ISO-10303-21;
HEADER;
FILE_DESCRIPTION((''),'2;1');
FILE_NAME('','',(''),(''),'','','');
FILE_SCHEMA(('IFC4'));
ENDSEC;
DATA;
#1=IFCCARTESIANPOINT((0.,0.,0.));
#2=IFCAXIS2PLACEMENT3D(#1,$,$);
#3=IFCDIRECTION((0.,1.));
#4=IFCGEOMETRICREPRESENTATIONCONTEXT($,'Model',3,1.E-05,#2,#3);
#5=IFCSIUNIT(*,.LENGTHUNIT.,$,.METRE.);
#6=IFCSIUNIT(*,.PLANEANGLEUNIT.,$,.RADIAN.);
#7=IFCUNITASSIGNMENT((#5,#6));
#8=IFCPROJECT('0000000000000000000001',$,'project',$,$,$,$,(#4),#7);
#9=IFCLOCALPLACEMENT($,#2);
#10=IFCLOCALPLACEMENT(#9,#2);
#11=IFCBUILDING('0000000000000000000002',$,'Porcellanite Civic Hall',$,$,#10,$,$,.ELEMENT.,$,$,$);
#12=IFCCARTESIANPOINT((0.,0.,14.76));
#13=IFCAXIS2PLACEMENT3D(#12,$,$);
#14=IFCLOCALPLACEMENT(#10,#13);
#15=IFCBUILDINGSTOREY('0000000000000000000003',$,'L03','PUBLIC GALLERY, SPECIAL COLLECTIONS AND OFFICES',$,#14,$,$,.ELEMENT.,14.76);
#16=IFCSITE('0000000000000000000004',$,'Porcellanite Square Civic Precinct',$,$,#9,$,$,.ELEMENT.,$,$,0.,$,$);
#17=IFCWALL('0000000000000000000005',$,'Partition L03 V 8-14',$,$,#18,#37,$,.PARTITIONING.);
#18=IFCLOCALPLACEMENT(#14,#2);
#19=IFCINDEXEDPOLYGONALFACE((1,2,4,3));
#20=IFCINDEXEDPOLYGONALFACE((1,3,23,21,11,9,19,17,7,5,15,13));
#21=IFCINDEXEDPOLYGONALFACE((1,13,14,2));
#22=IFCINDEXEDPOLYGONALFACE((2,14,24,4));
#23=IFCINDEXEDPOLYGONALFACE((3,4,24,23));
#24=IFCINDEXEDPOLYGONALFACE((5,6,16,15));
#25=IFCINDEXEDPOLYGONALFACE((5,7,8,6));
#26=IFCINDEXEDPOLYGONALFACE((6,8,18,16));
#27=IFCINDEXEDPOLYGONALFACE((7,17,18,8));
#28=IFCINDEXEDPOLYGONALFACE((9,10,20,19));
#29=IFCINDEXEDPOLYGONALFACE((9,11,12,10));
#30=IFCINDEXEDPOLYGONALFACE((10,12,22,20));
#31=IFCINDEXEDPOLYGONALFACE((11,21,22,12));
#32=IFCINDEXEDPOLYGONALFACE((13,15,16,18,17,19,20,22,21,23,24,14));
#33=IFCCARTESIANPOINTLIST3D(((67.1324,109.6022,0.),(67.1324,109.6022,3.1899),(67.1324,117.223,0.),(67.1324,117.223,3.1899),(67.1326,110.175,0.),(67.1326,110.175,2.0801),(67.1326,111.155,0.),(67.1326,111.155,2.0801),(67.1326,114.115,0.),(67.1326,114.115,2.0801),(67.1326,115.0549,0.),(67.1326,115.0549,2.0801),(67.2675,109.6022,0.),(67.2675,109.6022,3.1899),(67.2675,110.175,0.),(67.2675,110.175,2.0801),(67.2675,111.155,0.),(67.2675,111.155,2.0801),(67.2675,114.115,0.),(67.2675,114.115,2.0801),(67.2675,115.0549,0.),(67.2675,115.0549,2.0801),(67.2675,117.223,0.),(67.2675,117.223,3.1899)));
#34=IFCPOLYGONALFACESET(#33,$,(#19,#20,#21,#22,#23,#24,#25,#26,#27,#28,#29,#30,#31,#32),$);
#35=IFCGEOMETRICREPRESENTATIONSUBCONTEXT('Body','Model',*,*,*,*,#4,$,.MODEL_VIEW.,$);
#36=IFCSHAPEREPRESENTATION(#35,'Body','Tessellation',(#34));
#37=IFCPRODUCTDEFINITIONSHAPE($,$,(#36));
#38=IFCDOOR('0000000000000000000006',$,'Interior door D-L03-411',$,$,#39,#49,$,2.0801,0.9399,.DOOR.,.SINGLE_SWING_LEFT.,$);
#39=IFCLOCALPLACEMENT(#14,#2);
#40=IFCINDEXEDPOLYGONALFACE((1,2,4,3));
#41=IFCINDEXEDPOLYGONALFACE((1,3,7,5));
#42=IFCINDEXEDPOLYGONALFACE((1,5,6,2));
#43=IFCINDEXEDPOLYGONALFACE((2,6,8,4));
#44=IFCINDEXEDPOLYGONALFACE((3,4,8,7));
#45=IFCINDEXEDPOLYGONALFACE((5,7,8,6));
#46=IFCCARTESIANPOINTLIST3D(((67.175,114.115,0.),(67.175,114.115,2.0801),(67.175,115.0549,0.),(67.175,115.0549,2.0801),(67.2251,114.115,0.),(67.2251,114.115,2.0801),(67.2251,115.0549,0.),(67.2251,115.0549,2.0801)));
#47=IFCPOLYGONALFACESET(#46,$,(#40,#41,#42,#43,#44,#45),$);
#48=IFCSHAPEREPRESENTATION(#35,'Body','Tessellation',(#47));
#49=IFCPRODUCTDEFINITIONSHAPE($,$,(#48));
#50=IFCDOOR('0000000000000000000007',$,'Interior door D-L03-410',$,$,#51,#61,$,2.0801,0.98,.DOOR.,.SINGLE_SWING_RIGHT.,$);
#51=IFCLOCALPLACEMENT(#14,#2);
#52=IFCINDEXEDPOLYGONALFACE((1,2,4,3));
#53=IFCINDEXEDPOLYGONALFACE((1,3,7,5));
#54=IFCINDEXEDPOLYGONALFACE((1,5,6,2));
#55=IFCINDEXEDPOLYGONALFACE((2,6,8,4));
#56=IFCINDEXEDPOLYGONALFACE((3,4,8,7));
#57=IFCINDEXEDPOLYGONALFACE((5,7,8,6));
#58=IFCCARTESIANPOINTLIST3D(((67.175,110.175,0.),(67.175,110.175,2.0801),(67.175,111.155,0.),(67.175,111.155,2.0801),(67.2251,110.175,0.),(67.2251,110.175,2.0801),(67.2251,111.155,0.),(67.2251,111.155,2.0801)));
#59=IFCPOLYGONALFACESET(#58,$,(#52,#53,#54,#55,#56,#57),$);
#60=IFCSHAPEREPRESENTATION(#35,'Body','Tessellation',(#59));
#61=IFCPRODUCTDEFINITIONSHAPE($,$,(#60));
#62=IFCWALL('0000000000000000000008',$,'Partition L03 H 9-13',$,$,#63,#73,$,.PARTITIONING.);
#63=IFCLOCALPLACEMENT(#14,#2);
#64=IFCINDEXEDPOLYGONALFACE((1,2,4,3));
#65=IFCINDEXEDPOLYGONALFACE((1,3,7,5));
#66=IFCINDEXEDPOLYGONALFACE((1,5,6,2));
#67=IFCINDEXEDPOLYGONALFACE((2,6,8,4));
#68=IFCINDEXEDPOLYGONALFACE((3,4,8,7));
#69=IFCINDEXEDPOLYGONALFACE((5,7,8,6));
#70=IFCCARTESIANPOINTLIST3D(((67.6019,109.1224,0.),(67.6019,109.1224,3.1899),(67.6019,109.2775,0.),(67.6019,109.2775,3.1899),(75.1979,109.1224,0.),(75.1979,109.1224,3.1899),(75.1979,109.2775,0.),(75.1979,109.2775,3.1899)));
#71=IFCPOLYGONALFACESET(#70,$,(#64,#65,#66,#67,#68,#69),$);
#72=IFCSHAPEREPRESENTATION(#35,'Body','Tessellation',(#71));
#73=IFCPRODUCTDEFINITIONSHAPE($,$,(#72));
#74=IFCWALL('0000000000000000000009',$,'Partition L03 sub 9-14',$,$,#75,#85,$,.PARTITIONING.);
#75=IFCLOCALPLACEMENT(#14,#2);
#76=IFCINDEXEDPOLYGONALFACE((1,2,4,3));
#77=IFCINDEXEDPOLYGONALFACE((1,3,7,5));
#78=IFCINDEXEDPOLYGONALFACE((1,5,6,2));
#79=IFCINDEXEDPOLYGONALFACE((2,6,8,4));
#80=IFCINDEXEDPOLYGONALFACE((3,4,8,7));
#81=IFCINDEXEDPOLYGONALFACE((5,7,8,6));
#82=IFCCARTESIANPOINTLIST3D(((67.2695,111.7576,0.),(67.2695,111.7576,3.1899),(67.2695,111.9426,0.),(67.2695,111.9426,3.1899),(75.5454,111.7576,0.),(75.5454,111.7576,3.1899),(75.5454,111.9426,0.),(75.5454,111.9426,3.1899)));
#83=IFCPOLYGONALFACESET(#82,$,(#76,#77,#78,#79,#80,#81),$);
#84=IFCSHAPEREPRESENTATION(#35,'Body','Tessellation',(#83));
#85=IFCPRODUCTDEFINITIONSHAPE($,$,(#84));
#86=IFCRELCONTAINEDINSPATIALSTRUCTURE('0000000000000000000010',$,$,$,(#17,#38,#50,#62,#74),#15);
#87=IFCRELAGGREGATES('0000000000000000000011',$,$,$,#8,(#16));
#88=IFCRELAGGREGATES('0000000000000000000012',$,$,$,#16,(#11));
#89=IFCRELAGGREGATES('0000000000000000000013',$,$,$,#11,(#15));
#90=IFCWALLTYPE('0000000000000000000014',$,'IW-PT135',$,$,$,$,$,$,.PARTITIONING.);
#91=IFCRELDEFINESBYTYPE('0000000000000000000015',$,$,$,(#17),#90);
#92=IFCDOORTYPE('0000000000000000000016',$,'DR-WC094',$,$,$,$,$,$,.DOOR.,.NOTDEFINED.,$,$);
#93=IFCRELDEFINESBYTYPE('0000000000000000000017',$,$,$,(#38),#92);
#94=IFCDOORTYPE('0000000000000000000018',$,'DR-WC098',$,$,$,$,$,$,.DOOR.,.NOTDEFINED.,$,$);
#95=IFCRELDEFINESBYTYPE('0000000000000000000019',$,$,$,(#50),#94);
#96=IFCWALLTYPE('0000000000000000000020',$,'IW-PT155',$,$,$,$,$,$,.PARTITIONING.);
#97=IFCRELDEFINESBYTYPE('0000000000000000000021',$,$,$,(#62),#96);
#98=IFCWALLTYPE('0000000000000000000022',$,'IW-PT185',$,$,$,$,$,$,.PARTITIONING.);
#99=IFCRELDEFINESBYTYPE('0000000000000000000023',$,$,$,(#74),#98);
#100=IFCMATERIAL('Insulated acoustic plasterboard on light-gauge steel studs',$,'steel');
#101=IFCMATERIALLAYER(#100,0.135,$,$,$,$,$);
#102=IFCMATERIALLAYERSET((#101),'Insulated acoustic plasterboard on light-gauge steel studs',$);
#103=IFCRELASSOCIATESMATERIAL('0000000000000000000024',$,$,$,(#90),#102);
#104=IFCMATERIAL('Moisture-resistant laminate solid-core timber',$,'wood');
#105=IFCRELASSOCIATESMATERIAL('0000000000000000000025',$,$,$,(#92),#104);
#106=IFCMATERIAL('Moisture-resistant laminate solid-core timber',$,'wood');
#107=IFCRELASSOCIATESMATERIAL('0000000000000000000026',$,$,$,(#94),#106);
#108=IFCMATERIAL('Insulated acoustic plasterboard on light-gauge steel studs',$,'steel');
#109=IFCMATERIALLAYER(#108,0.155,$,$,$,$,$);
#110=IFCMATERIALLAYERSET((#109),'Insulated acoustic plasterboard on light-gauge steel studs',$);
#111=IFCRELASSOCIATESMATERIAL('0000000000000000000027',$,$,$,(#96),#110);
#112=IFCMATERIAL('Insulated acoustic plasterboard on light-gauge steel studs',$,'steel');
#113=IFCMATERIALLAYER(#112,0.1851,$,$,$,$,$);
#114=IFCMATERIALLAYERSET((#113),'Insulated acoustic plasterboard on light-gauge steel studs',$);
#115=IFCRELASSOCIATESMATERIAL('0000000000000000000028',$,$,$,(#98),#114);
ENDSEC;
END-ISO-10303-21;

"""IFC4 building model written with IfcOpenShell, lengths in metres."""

from ifc_helpers import new_model, si_unit, direction, frame, frame_2d, origin, place, context, subcontext, project, spatial, rectangle, extrude, material, layer, layer_set, type_object, element, fill, save


model = new_model("IFC4")

# Units and contexts
model_context = context("Model", 3, precision=1e-05, world=origin(), true_north=direction((0.0, 1.0)))
body_context = subcontext(model_context, "Body", "Model", "MODEL_VIEW")
ifc_project = project(units=[si_unit("LENGTHUNIT", "METRE"), si_unit("PLANEANGLEUNIT", "RADIAN")], contexts=[model_context])

# Site, building, storey
site_placement = place(None, origin())
site = spatial("IfcSite", under=ifc_project, at=site_placement, Name="Porcellanite Square Civic Precinct", CompositionType="ELEMENT", RefElevation=0.0)
building_placement = place(site_placement, origin())
building = spatial("IfcBuilding", under=site, at=building_placement, Name="Porcellanite Civic Hall", CompositionType="ELEMENT")
storey_placement = place(building_placement, frame((0.0, 0.0, 14.76)))
storey = spatial("IfcBuildingStorey", under=building, at=storey_placement, Name="L03", Description="PUBLIC GALLERY, SPECIAL COLLECTIONS AND OFFICES", CompositionType="ELEMENT", Elevation=14.76)

# Wall, openings, doors
ifc_material_1 = material(Name="Insulated acoustic plasterboard on light-gauge steel studs", Category="steel")
ifc_layer_1 = layer(ifc_material_1, 0.135)
ifc_layer_set_1 = layer_set([ifc_layer_1], Name="Insulated acoustic plasterboard on light-gauge steel studs")
wall_type_1 = type_object("IfcWallType", Name="IW-PT135", PredefinedType="PARTITIONING", material=ifc_layer_set_1)
wall_1_placement = place(storey_placement, frame((67.2, 109.6021, 0.0), z_axis=(0.0, 0.0, 1.0), x_axis=(0.0, 1.0, 0.0)))
wall_1 = element("IfcWall", 1, at=wall_1_placement, inside=storey, type_object=wall_type_1, Name="Partition L03 V 8-14", PredefinedType="PARTITIONING", context=body_context, shape_type="SweptSolid", body=[
    extrude(rectangle(XDim=7.6208, YDim=0.135, at=frame_2d((3.8105, 0.0))), origin(), (0.0, 0.0, 1.0), 3.1899),
])
opening_1_placement = place(wall_1_placement, frame((0.573, 0.0, 0.0)))
opening_1 = element("IfcOpeningElement", 2, at=opening_1_placement, cuts=wall_1, PredefinedType="OPENING", context=body_context, shape_type="SweptSolid", body=[
    extrude(rectangle(XDim=0.98, YDim=2.0801, at=frame_2d((0.49, 1.04))), frame((0.0, 0.0674, 0.0), z_axis=(0.0, -1.0, 0.0), x_axis=(1.0, 0.0, 0.0)), (0.0, 0.0, 1.0), 0.135),
])
opening_2_placement = place(wall_1_placement, frame((4.5129, 0.0, 0.0)))
opening_2 = element("IfcOpeningElement", 3, at=opening_2_placement, cuts=wall_1, PredefinedType="OPENING", context=body_context, shape_type="SweptSolid", body=[
    extrude(rectangle(XDim=0.9399, YDim=2.0801, at=frame_2d((0.47, 1.04))), frame((0.0, 0.0674, 0.0), z_axis=(0.0, -1.0, 0.0), x_axis=(1.0, 0.0, 0.0)), (0.0, 0.0, 1.0), 0.135),
])
ifc_material_2 = material(Name="Moisture-resistant laminate solid-core timber", Category="wood")
door_type_1 = type_object("IfcDoorType", Name="DR-WC094", OperationType="NOTDEFINED", PredefinedType="DOOR", material=ifc_material_2)
door_1_placement = place(opening_2_placement, origin())
door_1 = element("IfcDoor", 4, at=door_1_placement, inside=storey, type_object=door_type_1, Name="Interior door D-L03-411", OperationType="SINGLE_SWING_LEFT", OverallHeight=2.0801, OverallWidth=0.9399, PredefinedType="DOOR", context=body_context, shape_type="SweptSolid", body=[
    extrude(rectangle(XDim=0.9399, YDim=2.0801, at=frame_2d((0.47, 1.04))), frame((0.0, 0.0249, 0.0), z_axis=(0.0, -1.0, 0.0), x_axis=(1.0, 0.0, 0.0)), (0.0, 0.0, 1.0), 0.05),
])
fill(opening_2, door_1)
ifc_material_3 = material(Name="Moisture-resistant laminate solid-core timber", Category="wood")
door_type_2 = type_object("IfcDoorType", Name="DR-WC098", OperationType="NOTDEFINED", PredefinedType="DOOR", material=ifc_material_3)
door_2_placement = place(opening_1_placement, origin())
door_2 = element("IfcDoor", 5, at=door_2_placement, inside=storey, type_object=door_type_2, Name="Interior door D-L03-410", OperationType="SINGLE_SWING_RIGHT", OverallHeight=2.0801, OverallWidth=0.98, PredefinedType="DOOR", context=body_context, shape_type="SweptSolid", body=[
    extrude(rectangle(XDim=0.98, YDim=2.0801, at=frame_2d((0.49, 1.04))), frame((0.0, 0.0249, 0.0), z_axis=(0.0, -1.0, 0.0), x_axis=(1.0, 0.0, 0.0)), (0.0, 0.0, 1.0), 0.05),
])
fill(opening_1, door_2)

# Walls
ifc_material_4 = material(Name="Insulated acoustic plasterboard on light-gauge steel studs", Category="steel")
ifc_layer_2 = layer(ifc_material_4, 0.155)
ifc_layer_set_2 = layer_set([ifc_layer_2], Name="Insulated acoustic plasterboard on light-gauge steel studs")
wall_type_2 = type_object("IfcWallType", Name="IW-PT155", PredefinedType="PARTITIONING", material=ifc_layer_set_2)
wall_2_placement = place(storey_placement, frame((67.6021, 109.2, 0.0), z_axis=(0.0, 0.0, 1.0), x_axis=(1.0, 0.0, 0.0)))
element("IfcWall", 6, at=wall_2_placement, inside=storey, type_object=wall_type_2, Name="Partition L03 H 9-13", PredefinedType="PARTITIONING", context=body_context, shape_type="SweptSolid", body=[
    extrude(rectangle(XDim=7.5959, YDim=0.155, at=frame_2d((3.7979, 0.0))), origin(), (0.0, 0.0, 1.0), 3.1899),
])
ifc_material_5 = material(Name="Insulated acoustic plasterboard on light-gauge steel studs", Category="steel")
ifc_layer_3 = layer(ifc_material_5, 0.1851)
ifc_layer_set_3 = layer_set([ifc_layer_3], Name="Insulated acoustic plasterboard on light-gauge steel studs")
wall_type_3 = type_object("IfcWallType", Name="IW-PT185", PredefinedType="PARTITIONING", material=ifc_layer_set_3)
wall_3_placement = place(storey_placement, frame((67.2695, 111.8501, 0.0), z_axis=(0.0, 0.0, 1.0), x_axis=(1.0, 0.0, 0.0)))
element("IfcWall", 7, at=wall_3_placement, inside=storey, type_object=wall_type_3, Name="Partition L03 sub 9-14", PredefinedType="PARTITIONING", context=body_context, shape_type="SweptSolid", body=[
    extrude(rectangle(XDim=8.2759, YDim=0.1851, at=frame_2d((4.1379, 0.0))), origin(), (0.0, 0.0, 1.0), 3.1899),
])

save(model, "model.ifc")
